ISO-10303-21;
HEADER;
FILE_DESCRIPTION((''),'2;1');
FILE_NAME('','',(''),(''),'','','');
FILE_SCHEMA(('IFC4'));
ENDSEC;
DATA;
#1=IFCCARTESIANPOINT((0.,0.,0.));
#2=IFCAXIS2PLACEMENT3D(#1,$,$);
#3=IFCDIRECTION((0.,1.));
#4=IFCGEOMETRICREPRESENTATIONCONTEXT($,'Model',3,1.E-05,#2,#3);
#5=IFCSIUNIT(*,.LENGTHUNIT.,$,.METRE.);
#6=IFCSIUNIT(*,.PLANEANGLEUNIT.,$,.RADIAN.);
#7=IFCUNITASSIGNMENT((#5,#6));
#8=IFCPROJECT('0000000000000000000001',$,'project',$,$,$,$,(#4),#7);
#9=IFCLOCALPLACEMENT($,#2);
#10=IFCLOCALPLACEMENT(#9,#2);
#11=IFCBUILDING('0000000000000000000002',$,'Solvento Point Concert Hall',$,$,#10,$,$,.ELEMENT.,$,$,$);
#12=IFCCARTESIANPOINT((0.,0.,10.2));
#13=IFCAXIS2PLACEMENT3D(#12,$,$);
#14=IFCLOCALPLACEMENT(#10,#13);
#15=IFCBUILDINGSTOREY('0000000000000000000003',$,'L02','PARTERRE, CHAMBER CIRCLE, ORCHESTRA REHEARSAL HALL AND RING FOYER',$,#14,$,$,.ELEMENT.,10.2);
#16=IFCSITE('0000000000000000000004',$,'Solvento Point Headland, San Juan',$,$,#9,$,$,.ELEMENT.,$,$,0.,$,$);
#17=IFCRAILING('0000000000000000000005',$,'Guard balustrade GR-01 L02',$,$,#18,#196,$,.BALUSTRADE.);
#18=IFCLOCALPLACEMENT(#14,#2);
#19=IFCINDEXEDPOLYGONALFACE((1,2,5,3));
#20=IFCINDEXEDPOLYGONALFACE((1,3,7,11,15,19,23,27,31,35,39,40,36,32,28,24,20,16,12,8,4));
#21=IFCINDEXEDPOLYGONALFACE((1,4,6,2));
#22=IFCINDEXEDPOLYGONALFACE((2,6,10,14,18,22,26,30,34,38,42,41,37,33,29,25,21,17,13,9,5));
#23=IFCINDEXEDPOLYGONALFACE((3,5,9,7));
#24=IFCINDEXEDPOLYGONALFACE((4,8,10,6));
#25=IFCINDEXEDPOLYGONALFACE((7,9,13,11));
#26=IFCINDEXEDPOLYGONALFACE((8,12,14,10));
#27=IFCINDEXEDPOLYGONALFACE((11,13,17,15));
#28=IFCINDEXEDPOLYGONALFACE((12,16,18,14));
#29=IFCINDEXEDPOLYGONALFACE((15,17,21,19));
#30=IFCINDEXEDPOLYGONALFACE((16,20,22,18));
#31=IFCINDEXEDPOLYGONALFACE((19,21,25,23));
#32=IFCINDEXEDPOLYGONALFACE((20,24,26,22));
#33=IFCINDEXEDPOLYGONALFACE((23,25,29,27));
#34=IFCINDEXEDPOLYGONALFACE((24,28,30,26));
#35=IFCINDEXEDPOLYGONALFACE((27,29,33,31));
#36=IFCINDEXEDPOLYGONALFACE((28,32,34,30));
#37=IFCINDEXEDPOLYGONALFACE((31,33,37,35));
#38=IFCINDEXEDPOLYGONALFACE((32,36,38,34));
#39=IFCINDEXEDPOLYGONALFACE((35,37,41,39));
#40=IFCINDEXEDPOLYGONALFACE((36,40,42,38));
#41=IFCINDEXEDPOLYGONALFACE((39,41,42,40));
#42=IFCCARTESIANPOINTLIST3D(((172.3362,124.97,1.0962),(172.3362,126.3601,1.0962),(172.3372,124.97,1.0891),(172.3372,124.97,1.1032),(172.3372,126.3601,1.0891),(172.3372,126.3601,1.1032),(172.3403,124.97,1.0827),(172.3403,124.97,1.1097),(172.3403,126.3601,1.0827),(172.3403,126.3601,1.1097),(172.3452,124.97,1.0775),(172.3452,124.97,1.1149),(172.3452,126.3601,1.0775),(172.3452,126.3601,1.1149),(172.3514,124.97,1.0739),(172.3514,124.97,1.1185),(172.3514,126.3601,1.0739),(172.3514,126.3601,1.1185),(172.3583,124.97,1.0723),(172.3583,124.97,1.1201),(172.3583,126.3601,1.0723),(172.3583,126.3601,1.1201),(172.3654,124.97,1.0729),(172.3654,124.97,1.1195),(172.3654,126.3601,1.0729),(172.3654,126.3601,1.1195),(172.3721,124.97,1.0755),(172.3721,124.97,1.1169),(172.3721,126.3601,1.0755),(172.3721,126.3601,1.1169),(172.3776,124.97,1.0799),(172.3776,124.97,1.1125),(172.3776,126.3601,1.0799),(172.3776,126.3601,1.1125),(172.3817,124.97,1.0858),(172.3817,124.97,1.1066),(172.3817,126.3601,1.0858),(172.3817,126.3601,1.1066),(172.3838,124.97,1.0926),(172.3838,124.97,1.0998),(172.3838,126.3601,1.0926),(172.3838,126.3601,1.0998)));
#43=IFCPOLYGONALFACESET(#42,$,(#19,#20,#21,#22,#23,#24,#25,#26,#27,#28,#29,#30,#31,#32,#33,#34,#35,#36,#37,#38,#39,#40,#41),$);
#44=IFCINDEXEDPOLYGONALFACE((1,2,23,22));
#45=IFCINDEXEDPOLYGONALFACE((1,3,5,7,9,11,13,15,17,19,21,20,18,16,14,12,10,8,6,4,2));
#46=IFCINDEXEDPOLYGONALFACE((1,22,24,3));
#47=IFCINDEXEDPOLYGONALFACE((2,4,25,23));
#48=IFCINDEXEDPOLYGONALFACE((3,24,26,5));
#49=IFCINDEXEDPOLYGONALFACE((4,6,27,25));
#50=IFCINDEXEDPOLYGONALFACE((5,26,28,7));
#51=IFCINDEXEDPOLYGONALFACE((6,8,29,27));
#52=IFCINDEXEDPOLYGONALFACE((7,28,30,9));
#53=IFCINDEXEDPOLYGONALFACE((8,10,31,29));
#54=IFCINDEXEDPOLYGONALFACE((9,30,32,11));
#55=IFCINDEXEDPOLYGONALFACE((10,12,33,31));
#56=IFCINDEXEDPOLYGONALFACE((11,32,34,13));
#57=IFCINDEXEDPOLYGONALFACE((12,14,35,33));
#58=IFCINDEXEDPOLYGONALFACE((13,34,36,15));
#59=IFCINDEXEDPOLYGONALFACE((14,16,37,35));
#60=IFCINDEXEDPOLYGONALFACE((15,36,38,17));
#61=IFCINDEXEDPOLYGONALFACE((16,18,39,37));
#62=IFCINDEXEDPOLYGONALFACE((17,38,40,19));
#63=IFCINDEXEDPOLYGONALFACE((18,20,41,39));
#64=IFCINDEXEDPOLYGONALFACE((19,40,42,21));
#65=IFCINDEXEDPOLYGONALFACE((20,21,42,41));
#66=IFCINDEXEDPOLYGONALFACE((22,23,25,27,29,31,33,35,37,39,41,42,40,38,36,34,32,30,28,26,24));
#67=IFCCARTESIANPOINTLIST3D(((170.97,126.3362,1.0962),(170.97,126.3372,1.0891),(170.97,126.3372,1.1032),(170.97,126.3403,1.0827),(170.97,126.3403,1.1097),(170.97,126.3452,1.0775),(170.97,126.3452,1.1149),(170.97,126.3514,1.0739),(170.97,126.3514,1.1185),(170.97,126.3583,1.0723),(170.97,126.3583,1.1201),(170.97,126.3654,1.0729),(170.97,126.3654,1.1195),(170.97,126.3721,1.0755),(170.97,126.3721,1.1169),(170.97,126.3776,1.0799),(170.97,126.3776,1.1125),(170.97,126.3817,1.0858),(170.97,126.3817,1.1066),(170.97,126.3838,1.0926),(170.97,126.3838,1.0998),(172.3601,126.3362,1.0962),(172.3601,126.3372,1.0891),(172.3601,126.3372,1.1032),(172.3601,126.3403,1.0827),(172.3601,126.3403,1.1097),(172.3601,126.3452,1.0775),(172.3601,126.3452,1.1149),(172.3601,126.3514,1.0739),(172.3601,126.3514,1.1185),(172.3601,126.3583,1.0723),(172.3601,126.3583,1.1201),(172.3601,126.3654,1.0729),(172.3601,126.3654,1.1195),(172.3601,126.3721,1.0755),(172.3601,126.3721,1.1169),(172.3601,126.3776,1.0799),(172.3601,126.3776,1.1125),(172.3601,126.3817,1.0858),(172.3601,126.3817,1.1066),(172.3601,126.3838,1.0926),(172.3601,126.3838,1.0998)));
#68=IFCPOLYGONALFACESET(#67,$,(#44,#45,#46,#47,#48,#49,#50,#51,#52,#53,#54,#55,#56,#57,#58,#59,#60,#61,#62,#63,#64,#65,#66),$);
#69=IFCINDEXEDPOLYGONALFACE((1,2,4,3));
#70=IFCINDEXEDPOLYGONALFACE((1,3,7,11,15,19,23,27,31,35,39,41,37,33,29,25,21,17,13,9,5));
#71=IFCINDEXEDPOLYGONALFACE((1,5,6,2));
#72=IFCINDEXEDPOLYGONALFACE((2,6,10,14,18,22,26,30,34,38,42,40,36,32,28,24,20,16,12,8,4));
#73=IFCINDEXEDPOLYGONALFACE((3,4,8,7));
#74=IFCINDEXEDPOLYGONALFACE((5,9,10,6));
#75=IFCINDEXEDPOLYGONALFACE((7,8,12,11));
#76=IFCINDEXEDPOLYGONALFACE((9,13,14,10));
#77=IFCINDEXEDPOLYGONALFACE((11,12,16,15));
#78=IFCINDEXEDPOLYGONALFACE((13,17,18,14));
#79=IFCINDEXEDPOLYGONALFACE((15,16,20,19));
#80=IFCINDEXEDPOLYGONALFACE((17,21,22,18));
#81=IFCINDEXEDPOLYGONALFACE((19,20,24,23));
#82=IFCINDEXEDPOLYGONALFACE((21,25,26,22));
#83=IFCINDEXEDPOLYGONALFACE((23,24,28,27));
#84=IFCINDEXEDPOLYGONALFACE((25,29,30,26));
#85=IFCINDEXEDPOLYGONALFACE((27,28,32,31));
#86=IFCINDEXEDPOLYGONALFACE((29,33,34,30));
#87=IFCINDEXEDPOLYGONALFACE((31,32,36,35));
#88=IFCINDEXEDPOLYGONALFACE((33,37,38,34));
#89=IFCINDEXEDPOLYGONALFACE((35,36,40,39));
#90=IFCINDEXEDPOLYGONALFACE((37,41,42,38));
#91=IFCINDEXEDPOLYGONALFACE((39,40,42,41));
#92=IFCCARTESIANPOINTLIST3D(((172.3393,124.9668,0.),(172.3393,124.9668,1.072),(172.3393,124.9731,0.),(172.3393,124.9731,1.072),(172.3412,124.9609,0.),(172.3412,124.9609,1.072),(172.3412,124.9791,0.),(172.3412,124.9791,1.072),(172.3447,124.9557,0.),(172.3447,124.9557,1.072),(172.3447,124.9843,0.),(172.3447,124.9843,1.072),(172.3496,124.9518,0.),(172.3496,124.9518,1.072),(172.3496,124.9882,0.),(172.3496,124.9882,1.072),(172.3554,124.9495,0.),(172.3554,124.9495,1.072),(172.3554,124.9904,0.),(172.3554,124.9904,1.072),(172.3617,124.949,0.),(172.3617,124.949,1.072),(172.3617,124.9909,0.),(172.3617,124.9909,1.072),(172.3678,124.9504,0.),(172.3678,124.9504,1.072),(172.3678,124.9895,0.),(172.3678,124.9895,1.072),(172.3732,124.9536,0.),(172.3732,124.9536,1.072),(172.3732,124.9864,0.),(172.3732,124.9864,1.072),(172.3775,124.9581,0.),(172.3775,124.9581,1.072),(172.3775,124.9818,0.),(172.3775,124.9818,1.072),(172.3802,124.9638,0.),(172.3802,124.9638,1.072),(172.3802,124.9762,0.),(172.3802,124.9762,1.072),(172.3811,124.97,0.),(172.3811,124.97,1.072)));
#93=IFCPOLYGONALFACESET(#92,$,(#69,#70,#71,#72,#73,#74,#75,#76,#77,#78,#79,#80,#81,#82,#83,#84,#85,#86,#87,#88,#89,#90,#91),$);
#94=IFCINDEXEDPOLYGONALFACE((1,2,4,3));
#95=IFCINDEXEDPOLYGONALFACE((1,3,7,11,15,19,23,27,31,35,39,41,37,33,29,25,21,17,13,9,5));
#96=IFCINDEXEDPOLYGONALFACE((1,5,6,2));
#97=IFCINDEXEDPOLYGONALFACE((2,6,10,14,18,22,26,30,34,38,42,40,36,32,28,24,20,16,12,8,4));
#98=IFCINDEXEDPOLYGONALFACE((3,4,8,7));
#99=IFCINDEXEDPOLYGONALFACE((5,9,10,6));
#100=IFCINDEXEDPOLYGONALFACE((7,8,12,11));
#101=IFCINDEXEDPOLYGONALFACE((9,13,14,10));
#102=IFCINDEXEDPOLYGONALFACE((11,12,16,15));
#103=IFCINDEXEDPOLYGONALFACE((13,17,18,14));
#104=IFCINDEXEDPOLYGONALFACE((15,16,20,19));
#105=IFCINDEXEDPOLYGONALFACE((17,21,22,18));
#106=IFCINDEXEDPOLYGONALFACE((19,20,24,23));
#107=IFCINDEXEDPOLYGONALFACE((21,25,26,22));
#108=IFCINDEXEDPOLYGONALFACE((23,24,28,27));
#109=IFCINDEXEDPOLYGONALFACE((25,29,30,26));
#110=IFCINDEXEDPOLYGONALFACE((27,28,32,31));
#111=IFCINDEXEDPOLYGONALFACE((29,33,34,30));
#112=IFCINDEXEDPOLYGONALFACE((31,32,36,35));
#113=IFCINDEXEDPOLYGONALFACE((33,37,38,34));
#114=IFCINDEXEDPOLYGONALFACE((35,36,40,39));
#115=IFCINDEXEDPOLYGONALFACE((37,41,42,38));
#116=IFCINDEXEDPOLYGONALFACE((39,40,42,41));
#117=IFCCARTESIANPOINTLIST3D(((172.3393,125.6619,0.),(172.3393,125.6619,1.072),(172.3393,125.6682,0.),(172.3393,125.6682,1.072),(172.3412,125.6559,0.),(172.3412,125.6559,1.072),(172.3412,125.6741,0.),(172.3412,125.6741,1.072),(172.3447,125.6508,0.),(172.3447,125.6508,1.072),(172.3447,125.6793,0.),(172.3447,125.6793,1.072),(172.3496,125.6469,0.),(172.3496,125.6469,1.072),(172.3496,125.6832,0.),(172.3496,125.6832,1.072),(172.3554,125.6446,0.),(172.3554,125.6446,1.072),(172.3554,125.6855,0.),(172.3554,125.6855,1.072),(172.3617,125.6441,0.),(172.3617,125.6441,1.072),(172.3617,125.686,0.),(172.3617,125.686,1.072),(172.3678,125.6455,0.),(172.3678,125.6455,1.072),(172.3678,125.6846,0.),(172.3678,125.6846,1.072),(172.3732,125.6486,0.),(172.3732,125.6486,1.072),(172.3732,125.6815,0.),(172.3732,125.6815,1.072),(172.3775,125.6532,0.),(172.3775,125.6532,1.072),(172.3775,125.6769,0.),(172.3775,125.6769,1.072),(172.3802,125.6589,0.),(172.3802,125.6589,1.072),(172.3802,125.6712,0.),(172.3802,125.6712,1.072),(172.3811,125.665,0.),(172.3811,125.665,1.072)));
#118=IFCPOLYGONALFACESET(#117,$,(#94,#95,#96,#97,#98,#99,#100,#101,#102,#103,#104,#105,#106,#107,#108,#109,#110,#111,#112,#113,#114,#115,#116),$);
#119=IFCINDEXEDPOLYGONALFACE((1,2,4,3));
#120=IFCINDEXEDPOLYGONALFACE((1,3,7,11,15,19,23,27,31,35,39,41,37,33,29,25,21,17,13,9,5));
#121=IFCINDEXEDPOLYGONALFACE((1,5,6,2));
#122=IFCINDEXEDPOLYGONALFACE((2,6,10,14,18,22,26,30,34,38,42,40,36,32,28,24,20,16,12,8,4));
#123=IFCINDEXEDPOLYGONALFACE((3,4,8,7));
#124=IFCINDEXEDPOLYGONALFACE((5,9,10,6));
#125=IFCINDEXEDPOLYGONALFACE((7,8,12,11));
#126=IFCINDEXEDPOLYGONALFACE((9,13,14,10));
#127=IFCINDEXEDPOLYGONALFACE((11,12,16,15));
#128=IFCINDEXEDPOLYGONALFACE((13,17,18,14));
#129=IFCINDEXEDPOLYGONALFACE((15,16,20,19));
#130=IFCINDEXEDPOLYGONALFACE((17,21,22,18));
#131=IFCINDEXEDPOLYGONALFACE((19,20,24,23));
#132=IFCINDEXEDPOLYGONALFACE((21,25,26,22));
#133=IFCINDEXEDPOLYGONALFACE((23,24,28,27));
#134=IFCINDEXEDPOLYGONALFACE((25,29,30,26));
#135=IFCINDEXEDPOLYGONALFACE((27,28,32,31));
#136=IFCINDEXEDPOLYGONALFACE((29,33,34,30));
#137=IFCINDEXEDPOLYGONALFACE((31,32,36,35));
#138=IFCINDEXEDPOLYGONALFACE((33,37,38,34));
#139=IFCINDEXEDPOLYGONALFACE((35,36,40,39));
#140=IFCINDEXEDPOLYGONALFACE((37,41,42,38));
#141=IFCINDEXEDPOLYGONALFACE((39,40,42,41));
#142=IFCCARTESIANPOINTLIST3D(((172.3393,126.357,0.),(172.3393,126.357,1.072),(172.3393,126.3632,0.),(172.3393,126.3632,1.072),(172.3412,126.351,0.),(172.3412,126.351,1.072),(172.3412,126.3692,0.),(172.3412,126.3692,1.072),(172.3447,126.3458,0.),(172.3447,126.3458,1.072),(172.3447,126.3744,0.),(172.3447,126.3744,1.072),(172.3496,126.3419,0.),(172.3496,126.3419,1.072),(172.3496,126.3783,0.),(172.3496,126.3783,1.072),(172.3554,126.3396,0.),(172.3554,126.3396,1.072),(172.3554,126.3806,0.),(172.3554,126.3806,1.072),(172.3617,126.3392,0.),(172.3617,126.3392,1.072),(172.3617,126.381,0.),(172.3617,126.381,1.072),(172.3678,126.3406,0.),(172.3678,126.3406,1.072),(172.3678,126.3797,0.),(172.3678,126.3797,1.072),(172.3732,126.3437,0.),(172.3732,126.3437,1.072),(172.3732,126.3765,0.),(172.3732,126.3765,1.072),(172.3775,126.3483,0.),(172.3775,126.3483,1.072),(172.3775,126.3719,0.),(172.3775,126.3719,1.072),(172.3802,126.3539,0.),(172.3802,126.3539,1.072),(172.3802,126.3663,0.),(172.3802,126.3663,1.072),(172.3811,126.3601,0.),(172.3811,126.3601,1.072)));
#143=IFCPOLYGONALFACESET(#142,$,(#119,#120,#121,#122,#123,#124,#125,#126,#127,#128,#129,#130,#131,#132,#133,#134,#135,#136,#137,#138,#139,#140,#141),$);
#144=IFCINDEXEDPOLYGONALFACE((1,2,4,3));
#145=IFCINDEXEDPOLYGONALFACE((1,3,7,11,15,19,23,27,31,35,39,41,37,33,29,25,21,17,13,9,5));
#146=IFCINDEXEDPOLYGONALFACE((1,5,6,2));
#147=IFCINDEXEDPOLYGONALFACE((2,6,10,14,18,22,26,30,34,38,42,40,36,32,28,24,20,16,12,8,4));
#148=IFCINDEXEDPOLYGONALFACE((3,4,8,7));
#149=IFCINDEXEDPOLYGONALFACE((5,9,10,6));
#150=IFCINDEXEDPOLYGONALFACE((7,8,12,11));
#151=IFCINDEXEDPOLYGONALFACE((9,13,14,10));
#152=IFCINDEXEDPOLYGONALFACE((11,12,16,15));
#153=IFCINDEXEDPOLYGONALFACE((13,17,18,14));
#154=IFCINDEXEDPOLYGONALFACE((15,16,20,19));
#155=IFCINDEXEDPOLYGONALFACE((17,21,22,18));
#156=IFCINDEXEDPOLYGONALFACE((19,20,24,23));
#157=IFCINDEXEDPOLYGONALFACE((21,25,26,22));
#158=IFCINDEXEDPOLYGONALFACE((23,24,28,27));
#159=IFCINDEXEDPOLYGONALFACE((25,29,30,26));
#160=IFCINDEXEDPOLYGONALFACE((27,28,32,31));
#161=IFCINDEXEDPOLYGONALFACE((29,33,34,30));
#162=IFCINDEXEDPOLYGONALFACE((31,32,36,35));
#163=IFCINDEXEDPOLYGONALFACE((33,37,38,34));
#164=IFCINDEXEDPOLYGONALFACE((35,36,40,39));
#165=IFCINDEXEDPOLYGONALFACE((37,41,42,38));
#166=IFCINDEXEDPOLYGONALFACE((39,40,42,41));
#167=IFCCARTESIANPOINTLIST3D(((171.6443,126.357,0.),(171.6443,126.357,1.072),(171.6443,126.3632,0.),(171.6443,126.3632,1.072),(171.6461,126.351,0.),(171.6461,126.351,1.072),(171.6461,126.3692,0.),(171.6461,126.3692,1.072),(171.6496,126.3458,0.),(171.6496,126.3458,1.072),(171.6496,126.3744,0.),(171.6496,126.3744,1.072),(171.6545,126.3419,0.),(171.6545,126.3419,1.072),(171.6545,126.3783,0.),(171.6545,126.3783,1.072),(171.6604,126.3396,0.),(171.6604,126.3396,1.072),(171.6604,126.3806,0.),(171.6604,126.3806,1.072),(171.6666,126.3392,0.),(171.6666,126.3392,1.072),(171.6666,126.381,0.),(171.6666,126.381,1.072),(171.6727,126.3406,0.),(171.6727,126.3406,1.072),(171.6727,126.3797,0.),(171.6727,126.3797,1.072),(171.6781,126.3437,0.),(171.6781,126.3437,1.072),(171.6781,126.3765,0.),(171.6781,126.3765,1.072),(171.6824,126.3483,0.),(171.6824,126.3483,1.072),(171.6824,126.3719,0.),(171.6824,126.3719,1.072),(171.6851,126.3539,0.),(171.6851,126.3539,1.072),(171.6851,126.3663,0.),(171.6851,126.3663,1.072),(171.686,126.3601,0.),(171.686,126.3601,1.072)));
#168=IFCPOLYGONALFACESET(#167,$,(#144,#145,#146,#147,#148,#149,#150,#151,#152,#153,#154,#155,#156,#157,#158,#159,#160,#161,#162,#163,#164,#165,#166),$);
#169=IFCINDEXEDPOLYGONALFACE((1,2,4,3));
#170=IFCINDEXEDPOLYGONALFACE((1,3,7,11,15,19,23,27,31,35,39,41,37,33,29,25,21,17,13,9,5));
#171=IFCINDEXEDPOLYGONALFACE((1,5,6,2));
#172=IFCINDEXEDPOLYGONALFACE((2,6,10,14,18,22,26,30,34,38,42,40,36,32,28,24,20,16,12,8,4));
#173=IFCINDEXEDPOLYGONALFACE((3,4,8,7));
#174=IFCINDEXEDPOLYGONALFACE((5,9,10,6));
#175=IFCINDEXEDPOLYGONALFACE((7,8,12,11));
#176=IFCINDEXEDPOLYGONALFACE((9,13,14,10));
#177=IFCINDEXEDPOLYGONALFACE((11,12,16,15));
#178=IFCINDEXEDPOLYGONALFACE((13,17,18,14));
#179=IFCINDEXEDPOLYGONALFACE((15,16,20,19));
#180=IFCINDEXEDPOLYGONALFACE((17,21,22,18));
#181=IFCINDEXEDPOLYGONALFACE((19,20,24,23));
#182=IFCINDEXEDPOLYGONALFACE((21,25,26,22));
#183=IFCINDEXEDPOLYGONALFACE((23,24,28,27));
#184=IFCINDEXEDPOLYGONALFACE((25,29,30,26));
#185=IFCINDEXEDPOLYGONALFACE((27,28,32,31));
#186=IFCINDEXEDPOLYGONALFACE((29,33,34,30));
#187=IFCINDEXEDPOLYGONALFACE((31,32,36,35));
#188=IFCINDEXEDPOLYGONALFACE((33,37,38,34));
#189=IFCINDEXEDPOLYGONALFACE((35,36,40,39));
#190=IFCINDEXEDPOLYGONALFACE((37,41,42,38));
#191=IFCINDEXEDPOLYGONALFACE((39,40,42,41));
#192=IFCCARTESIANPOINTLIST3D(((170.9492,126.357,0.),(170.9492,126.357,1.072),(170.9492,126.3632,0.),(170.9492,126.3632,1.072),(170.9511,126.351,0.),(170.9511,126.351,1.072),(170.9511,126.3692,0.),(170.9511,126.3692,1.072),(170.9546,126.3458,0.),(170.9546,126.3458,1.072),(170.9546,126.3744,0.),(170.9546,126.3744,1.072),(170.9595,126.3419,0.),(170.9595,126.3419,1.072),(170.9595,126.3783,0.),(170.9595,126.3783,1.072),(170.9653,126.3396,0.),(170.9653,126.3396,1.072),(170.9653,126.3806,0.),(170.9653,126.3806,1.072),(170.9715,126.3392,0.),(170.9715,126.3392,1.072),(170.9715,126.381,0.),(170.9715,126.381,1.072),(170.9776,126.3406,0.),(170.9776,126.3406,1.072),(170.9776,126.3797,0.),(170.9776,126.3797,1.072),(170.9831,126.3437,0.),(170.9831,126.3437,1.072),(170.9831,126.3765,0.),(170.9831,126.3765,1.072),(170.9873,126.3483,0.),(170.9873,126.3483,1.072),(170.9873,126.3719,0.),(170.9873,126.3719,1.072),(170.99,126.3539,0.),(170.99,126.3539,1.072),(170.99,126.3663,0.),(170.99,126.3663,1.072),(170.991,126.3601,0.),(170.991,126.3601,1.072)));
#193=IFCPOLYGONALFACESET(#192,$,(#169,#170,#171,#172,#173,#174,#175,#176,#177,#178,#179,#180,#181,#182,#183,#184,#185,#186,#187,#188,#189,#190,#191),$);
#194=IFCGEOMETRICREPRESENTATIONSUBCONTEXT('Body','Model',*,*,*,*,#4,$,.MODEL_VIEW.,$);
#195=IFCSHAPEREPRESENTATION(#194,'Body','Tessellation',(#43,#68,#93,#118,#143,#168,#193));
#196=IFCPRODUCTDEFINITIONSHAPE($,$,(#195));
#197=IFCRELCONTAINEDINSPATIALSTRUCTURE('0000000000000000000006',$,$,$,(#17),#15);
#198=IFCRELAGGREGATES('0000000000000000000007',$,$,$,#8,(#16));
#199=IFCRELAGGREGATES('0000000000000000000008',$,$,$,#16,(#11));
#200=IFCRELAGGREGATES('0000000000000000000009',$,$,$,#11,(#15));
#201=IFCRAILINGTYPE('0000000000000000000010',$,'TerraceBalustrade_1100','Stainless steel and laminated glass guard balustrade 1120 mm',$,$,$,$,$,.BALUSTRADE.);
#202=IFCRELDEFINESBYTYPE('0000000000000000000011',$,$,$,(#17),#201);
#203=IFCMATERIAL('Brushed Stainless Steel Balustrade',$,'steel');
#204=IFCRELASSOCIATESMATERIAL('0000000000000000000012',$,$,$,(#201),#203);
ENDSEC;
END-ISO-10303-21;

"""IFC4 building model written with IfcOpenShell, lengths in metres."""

from ifc_helpers import new_model, si_unit, direction, frame, origin, origin_2d, place, context, subcontext, project, spatial, circle, extrude, material, type_object, element, save


model = new_model("IFC4")

# Units and contexts
model_context = context("Model", 3, precision=1e-05, world=origin(), true_north=direction((0.0, 1.0)))
body_context = subcontext(model_context, "Body", "Model", "MODEL_VIEW")
ifc_project = project(units=[si_unit("LENGTHUNIT", "METRE"), si_unit("PLANEANGLEUNIT", "RADIAN")], contexts=[model_context])

# Site, building, storey
site_placement = place(None, origin())
site = spatial("IfcSite", under=ifc_project, at=site_placement, Name="Solvento Point Headland, San Juan", CompositionType="ELEMENT", RefElevation=0.0)
building_placement = place(site_placement, origin())
building = spatial("IfcBuilding", under=site, at=building_placement, Name="Solvento Point Concert Hall", CompositionType="ELEMENT")
storey_placement = place(building_placement, frame((0.0, 0.0, 10.2)))
storey = spatial("IfcBuildingStorey", under=building, at=storey_placement, Name="L02", Description="PARTERRE, CHAMBER CIRCLE, ORCHESTRA REHEARSAL HALL AND RING FOYER", CompositionType="ELEMENT", Elevation=10.2)

# Railing
ifc_material_1 = material(Name="Brushed Stainless Steel Balustrade", Category="steel")
railing_type_1 = type_object("IfcRailingType", Name="TerraceBalustrade_1100", Description="Stainless steel and laminated glass guard balustrade 1120 mm", PredefinedType="BALUSTRADE", material=ifc_material_1)
railing_1_placement = place(storey_placement, frame((172.3601, 124.97, 0.0)))
element("IfcRailing", 1, at=railing_1_placement, inside=storey, type_object=railing_type_1, Name="Guard balustrade GR-01 L02", PredefinedType="BALUSTRADE", context=body_context, shape_type="SweptSolid", body=[
    extrude(circle(Radius=0.0239, at=origin_2d()), frame((0.0, 0.0, 1.0962), z_axis=(0.0, 1.0, 0.0), x_axis=(-1.0, 0.0, 0.0)), (0.0, 0.0, 1.0), 1.3901),
    extrude(circle(Radius=0.0239, at=origin_2d()), frame((0.0, 1.3901, 1.0962), z_axis=(-1.0, 0.0, 0.0), x_axis=(0.0, -1.0, 0.0)), (0.0, 0.0, 1.0), 1.3901),
    extrude(circle(Radius=0.021, at=origin_2d()), origin(), (0.0, 0.0, 1.0), 1.072),
    extrude(circle(Radius=0.021, at=origin_2d()), frame((0.0, 0.6951, 0.0)), (0.0, 0.0, 1.0), 1.072),
    extrude(circle(Radius=0.021, at=origin_2d()), frame((0.0, 1.3901, 0.0)), (0.0, 0.0, 1.0), 1.072),
    extrude(circle(Radius=0.021, at=origin_2d()), frame((-0.6951, 1.3901, 0.0)), (0.0, 0.0, 1.0), 1.072),
    extrude(circle(Radius=0.021, at=origin_2d()), frame((-1.3901, 1.3901, 0.0)), (0.0, 0.0, 1.0), 1.072),
])

save(model, "model.ifc")
